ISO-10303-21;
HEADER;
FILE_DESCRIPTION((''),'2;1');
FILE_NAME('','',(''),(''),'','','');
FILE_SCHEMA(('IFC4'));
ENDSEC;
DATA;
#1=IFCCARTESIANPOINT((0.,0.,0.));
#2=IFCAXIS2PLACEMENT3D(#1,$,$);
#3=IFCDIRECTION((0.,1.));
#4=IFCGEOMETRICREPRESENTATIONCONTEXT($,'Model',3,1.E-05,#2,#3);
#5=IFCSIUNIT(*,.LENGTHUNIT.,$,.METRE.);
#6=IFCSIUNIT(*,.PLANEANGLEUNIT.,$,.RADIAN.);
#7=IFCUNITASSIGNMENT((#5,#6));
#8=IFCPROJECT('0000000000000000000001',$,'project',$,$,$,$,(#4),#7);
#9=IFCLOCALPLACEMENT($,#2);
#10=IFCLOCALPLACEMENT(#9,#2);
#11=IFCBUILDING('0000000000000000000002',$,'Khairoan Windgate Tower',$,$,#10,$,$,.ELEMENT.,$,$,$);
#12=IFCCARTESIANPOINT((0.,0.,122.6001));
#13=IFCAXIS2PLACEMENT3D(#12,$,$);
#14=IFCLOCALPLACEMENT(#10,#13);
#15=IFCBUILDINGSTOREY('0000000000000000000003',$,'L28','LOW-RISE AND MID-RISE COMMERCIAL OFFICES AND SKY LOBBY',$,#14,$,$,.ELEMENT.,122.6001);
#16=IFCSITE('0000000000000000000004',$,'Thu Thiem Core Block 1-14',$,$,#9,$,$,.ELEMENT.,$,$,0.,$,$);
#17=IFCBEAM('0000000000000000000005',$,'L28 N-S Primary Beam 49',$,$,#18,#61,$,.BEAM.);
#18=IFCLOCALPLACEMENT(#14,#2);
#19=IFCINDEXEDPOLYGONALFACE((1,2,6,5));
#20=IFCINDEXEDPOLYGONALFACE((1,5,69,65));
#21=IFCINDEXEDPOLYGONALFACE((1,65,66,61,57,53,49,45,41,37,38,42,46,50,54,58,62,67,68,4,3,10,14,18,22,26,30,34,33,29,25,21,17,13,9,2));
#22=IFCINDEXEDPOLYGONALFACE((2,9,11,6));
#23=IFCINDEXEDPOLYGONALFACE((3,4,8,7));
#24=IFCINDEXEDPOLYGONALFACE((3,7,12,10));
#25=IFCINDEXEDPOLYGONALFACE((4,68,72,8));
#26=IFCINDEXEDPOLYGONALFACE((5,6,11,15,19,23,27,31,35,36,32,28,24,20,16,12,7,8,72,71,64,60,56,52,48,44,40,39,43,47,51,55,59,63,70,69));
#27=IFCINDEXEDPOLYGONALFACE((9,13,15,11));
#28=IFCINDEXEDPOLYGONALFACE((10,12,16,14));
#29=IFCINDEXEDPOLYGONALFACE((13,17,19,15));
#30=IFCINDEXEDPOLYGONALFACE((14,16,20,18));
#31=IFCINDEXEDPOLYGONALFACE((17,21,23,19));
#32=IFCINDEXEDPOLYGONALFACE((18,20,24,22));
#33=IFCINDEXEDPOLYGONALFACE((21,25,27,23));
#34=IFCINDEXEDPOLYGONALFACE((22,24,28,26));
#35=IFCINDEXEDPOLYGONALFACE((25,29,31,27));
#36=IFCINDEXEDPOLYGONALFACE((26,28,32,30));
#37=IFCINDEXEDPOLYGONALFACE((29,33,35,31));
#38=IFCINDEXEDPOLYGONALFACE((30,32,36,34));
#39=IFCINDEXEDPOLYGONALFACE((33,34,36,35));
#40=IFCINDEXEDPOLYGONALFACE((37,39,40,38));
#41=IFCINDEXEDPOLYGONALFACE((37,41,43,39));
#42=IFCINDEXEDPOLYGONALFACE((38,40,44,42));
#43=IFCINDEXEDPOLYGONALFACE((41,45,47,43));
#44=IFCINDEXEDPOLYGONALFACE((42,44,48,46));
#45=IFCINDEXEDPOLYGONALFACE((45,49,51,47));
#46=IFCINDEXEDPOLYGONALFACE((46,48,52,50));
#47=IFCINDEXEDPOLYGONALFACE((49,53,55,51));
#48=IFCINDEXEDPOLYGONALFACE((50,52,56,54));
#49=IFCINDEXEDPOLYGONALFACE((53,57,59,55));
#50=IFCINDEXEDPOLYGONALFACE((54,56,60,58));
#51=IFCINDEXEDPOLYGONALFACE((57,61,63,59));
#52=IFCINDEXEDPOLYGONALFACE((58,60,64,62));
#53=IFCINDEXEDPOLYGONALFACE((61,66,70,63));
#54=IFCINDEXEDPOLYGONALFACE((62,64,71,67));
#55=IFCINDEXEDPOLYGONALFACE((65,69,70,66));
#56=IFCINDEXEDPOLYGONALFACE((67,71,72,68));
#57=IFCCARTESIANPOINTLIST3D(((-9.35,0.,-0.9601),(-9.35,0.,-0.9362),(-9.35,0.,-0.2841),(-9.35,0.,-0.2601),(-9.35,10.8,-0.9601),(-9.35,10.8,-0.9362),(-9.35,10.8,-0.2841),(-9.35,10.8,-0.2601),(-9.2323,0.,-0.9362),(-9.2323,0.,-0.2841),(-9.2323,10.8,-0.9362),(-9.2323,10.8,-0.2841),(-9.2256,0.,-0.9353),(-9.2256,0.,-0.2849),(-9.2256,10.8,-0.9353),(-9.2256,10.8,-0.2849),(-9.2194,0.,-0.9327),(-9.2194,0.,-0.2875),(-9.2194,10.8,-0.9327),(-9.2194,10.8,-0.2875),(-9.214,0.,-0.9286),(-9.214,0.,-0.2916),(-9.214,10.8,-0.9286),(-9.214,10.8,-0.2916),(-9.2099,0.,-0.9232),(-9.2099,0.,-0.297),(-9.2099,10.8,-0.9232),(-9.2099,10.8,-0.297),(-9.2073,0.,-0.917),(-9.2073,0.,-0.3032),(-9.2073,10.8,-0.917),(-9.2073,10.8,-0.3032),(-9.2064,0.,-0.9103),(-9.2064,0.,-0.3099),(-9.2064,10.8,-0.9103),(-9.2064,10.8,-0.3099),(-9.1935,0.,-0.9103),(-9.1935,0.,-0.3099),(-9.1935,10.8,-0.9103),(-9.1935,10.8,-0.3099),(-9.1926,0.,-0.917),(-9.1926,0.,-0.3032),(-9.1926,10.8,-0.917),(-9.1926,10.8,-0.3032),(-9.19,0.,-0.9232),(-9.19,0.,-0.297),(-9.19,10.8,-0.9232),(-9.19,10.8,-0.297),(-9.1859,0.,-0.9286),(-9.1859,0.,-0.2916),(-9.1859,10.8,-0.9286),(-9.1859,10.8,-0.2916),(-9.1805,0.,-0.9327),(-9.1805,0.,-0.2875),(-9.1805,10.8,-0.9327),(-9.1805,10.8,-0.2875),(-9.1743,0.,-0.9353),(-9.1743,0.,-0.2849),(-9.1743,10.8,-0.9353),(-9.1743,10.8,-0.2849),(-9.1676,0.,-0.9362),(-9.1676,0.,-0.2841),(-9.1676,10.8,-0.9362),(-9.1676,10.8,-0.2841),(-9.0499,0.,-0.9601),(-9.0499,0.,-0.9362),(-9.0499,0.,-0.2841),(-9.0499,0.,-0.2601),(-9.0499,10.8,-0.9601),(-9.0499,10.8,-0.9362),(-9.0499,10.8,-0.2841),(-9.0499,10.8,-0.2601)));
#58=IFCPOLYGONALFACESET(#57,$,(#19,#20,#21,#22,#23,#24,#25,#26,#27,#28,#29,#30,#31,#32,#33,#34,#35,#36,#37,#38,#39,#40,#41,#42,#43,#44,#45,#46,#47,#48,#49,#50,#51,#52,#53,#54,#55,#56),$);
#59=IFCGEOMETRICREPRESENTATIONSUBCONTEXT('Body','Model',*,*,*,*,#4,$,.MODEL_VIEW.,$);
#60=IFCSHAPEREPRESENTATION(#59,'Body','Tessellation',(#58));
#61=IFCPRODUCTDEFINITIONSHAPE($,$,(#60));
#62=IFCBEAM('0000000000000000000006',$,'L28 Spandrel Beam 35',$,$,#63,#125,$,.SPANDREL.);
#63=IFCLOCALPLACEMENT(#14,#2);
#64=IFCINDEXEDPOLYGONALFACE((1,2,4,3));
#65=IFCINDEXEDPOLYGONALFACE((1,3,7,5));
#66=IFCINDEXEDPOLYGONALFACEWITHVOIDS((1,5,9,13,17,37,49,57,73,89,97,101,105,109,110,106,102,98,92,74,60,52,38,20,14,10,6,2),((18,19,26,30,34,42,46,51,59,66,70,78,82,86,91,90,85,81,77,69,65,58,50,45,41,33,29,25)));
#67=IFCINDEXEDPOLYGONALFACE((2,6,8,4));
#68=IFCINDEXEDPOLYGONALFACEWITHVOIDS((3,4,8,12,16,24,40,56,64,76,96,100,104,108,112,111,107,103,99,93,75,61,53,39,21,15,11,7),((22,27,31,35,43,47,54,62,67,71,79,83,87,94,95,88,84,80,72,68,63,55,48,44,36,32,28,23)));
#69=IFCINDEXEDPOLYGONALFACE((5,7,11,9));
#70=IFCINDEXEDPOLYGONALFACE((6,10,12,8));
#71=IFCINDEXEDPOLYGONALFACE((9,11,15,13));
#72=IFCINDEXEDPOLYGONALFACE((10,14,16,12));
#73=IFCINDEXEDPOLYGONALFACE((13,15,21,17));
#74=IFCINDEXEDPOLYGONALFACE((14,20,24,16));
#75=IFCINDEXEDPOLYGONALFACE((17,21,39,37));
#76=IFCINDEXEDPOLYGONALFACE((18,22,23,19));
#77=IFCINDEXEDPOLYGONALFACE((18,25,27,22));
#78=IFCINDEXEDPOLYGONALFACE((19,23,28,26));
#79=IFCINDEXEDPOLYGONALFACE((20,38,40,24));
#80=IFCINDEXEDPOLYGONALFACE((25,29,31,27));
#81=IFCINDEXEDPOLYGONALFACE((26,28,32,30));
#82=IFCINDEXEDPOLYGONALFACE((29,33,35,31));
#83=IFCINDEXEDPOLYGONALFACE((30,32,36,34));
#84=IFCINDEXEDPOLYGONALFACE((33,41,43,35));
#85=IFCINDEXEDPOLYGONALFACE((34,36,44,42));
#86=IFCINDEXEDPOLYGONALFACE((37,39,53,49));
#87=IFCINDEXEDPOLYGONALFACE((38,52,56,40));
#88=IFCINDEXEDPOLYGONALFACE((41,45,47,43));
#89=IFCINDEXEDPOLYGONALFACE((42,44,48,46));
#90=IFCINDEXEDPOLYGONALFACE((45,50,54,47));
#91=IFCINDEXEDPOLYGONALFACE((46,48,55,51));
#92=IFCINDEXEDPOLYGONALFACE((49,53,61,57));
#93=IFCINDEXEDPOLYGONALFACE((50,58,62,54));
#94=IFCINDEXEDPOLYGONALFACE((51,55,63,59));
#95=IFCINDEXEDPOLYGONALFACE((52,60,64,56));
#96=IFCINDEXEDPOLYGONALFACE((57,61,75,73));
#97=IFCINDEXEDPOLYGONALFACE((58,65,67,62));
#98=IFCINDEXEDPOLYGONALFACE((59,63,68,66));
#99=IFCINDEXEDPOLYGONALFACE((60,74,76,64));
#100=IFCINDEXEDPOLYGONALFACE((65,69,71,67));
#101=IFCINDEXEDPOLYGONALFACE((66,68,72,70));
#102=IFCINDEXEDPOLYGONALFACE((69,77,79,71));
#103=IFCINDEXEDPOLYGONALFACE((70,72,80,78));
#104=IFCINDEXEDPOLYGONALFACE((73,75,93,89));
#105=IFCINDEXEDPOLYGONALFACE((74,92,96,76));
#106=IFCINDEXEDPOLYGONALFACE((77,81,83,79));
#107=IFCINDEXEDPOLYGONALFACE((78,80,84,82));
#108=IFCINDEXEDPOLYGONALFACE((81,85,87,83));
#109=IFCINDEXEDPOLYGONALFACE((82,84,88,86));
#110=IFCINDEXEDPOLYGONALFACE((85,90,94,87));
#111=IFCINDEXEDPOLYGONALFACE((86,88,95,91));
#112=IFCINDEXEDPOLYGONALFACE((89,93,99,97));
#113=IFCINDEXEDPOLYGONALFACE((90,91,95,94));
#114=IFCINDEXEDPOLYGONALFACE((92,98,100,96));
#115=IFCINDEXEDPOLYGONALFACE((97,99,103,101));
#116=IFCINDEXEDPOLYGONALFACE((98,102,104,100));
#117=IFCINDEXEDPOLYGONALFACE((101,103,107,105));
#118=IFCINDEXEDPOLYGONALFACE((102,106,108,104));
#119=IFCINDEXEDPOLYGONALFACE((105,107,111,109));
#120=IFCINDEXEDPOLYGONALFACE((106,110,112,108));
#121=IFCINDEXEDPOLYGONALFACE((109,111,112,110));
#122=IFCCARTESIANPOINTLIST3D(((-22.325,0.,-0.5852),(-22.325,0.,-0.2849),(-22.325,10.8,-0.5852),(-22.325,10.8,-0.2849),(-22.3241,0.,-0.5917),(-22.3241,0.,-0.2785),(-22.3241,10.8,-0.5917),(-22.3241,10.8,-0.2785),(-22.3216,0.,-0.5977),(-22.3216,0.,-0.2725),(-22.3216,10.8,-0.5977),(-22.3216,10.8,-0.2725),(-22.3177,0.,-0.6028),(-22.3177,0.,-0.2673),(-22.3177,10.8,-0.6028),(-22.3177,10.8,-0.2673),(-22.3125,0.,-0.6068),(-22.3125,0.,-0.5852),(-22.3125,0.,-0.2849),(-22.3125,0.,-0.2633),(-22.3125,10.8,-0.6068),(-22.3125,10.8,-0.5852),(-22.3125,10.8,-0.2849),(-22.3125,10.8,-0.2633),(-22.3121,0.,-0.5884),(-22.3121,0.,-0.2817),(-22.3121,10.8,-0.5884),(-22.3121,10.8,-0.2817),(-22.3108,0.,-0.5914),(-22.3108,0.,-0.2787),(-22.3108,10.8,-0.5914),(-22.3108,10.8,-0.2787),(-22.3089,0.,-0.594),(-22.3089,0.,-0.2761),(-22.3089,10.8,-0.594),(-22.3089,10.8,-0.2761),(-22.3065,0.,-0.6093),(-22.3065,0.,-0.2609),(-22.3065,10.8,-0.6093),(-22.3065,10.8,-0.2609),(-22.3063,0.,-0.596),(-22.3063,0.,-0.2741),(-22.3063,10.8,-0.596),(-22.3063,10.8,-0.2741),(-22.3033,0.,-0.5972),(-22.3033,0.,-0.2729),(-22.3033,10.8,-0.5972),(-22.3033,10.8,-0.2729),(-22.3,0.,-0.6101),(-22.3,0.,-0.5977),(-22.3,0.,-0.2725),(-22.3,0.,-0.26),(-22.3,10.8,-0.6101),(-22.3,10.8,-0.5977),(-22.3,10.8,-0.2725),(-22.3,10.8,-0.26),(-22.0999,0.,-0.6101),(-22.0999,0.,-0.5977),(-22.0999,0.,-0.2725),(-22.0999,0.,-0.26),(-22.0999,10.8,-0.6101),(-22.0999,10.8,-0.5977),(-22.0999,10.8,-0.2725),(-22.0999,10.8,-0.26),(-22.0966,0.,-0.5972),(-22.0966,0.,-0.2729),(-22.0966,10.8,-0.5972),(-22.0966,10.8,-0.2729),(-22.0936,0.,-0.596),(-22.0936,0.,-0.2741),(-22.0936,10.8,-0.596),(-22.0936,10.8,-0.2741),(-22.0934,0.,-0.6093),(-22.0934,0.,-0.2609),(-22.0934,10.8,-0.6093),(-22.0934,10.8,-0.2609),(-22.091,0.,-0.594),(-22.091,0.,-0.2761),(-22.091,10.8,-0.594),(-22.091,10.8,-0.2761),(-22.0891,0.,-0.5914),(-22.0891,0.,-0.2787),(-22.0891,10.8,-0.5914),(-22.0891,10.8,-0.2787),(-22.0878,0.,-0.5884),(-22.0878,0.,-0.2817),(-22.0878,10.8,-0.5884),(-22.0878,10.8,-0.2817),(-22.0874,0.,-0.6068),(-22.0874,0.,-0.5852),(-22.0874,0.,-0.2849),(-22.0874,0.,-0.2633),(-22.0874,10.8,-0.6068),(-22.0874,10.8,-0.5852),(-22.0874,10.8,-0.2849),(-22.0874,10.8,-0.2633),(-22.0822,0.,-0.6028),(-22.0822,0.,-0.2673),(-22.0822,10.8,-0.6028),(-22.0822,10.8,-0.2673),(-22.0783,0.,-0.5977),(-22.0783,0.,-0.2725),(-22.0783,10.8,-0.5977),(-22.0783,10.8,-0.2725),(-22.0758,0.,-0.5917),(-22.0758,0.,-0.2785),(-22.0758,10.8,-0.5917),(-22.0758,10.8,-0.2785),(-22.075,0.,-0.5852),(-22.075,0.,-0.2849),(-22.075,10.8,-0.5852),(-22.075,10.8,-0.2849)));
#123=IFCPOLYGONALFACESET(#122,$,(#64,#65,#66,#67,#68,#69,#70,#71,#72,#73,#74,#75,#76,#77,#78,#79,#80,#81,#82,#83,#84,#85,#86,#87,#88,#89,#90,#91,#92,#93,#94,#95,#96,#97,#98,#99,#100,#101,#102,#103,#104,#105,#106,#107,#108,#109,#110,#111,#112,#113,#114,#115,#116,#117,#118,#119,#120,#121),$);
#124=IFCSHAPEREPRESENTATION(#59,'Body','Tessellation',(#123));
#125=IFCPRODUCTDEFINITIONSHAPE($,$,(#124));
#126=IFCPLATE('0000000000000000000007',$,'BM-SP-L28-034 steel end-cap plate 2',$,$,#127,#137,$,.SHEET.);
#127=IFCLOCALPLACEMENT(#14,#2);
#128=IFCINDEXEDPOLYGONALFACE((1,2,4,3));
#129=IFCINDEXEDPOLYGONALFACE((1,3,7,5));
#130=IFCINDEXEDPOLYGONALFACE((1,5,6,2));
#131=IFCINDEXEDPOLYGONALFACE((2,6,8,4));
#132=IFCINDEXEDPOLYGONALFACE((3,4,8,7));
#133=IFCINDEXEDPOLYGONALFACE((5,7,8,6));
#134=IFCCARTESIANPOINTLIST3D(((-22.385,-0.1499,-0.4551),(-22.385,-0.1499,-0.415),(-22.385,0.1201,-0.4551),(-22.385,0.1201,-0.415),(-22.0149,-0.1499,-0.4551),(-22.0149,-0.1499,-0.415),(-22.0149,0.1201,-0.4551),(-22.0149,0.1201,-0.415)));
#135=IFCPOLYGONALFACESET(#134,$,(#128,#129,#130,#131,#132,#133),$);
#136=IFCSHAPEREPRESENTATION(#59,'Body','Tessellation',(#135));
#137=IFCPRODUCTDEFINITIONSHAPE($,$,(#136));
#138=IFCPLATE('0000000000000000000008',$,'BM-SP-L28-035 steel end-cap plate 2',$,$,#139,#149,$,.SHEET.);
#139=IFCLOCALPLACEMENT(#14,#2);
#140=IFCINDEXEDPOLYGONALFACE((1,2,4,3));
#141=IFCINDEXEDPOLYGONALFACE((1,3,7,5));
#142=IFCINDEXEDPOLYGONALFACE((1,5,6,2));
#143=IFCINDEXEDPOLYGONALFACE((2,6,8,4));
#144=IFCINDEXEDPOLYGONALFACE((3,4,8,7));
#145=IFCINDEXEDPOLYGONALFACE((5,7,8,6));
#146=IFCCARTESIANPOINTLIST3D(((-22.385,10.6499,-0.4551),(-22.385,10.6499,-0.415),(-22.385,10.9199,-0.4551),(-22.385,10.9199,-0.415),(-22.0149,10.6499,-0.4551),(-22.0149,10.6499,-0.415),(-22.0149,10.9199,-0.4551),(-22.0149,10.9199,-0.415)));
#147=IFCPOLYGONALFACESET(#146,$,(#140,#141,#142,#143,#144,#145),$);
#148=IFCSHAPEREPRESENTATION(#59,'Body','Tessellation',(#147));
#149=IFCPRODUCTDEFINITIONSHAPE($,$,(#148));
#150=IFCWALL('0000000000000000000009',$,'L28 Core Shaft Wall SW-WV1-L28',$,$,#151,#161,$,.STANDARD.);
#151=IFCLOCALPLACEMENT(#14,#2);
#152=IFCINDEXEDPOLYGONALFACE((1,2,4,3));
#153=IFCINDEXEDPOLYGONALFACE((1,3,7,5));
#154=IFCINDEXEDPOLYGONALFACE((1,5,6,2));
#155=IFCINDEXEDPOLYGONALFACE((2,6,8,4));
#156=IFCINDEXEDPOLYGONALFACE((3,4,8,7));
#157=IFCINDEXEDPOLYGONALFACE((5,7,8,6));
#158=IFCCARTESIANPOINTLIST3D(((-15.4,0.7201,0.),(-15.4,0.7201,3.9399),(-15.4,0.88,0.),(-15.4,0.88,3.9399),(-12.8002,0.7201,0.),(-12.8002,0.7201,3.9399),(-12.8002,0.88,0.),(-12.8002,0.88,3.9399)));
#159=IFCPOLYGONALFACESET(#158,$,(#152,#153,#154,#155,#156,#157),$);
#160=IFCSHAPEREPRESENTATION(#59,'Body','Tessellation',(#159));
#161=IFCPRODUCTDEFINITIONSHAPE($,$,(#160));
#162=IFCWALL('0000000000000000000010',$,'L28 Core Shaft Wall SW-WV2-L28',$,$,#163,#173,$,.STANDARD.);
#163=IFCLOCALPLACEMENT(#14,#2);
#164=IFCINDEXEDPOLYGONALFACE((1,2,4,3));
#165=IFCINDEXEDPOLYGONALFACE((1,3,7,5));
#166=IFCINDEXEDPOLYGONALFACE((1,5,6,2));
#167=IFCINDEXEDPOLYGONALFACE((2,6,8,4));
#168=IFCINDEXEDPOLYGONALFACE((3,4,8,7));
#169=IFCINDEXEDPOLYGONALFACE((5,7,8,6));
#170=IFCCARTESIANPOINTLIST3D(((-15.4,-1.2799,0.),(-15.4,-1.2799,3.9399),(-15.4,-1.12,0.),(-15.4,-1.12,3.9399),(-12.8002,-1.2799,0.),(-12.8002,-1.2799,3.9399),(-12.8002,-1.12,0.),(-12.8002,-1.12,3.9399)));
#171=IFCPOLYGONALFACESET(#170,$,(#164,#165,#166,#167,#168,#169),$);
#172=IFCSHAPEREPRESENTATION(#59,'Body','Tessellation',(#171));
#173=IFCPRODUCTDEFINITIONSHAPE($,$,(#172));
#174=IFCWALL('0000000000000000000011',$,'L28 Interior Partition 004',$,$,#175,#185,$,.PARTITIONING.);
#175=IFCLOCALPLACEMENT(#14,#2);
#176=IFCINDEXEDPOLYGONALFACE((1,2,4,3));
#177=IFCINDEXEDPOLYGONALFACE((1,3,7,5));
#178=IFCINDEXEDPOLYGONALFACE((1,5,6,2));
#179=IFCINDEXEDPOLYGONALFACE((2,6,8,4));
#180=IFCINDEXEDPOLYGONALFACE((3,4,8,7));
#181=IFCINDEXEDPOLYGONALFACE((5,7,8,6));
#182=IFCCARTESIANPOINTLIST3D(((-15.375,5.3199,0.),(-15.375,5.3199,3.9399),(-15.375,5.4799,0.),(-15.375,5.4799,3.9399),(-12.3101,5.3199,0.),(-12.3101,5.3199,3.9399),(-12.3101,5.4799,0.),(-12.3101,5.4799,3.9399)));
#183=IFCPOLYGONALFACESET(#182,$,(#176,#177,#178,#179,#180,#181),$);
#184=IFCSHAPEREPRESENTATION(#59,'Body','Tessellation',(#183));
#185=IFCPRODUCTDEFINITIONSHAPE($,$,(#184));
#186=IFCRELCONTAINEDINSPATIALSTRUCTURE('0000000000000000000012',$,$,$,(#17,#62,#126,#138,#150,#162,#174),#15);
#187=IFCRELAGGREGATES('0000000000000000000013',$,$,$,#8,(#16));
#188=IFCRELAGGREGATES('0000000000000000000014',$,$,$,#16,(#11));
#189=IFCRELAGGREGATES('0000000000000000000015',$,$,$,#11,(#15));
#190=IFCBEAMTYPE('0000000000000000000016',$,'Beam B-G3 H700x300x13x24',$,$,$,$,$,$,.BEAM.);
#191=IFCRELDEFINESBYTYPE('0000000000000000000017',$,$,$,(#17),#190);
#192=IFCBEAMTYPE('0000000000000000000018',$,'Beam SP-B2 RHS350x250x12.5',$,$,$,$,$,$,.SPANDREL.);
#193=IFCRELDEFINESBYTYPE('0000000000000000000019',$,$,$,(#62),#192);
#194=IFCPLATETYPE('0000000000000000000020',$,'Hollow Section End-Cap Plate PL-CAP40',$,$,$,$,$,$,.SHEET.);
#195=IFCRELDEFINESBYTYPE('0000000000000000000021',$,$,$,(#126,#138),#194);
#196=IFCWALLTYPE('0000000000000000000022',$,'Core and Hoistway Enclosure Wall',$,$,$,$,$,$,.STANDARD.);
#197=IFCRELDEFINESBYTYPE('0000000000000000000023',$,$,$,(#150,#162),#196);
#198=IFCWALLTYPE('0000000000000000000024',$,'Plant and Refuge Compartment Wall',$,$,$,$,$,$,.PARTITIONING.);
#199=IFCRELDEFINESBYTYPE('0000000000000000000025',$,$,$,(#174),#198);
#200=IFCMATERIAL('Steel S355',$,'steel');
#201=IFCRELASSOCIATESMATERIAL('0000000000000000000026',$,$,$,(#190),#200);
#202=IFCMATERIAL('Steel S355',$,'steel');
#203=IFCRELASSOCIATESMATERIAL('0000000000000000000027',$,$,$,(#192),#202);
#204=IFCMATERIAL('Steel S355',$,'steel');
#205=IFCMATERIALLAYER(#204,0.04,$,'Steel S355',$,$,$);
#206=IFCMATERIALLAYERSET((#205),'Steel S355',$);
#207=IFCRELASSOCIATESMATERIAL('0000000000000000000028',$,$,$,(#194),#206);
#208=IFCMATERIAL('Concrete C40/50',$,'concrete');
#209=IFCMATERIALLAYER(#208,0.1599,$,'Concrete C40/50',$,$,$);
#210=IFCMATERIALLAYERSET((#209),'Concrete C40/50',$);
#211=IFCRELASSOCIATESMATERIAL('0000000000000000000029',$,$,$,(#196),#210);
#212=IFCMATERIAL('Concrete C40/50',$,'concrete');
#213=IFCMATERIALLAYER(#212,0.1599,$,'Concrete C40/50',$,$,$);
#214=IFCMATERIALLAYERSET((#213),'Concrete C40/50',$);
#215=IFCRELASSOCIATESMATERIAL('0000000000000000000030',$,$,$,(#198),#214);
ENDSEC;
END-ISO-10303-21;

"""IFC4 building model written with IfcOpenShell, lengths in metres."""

from ifc_helpers import new_model, si_unit, direction, frame, frame_2d, origin, origin_2d, place, context, subcontext, project, spatial, rectangle, hollow_rectangle, i_section, extrude, material, layer, layer_set, material_profile, profile_set, type_object, element, save


model = new_model("IFC4")

# Units and contexts
model_context = context("Model", 3, precision=1e-05, world=origin(), true_north=direction((0.0, 1.0)))
body_context = subcontext(model_context, "Body", "Model", "MODEL_VIEW")
ifc_project = project(units=[si_unit("LENGTHUNIT", "METRE"), si_unit("PLANEANGLEUNIT", "RADIAN")], contexts=[model_context])

# Site, building, storey
site_placement = place(None, origin())
site = spatial("IfcSite", under=ifc_project, at=site_placement, Name="Thu Thiem Core Block 1-14", CompositionType="ELEMENT", RefElevation=0.0)
building_placement = place(site_placement, origin())
building = spatial("IfcBuilding", under=site, at=building_placement, Name="Khairoan Windgate Tower", CompositionType="ELEMENT")
storey_placement = place(building_placement, frame((0.0, 0.0, 122.6001)))
storey = spatial("IfcBuildingStorey", under=building, at=storey_placement, Name="L28", Description="LOW-RISE AND MID-RISE COMMERCIAL OFFICES AND SKY LOBBY", CompositionType="ELEMENT", Elevation=122.6001)

# Beams
ifc_material_1 = material(Name="Steel S355", Category="steel")
ifc_material_profile_1 = material_profile(ifc_material_1, i_section(OverallWidth=0.3, OverallDepth=0.7, WebThickness=0.0129, FlangeThickness=0.0239, FilletRadius=0.0259, at=origin_2d()))
ifc_profile_set_1 = profile_set([ifc_material_profile_1], Name="Steel S355")
beam_type_1 = type_object("IfcBeamType", Name="Beam B-G3 H700x300x13x24", PredefinedType="BEAM", material=ifc_profile_set_1)
for number, where, z_axis, x_axis, name in (
    (1, (-9.2, 0.0, -0.6101), (0.0, 1.0, 0.0), (-1.0, 0.0, 0.0), "L28 N-S Primary Beam 49"),
):
    element("IfcBeam", number, at=place(storey_placement, frame(where, z_axis=z_axis, x_axis=x_axis)), inside=storey, type_object=beam_type_1, Name=name, PredefinedType="BEAM", context=body_context, shape_type="SweptSolid", body=[
        extrude(i_section(OverallWidth=0.3, OverallDepth=0.7, WebThickness=0.0129, FlangeThickness=0.0239, FilletRadius=0.0259, at=origin_2d()), origin(), (0.0, 0.0, 1.0), 10.8),
    ])
ifc_material_2 = material(Name="Steel S355", Category="steel")
ifc_material_profile_2 = material_profile(ifc_material_2, hollow_rectangle(XDim=0.25, YDim=0.3501, WallThickness=0.0125, InnerFilletRadius=0.0125, OuterFilletRadius=0.0249, at=origin_2d()))
ifc_profile_set_2 = profile_set([ifc_material_profile_2], Name="Steel S355")
beam_type_2 = type_object("IfcBeamType", Name="Beam SP-B2 RHS350x250x12.5", PredefinedType="SPANDREL", material=ifc_profile_set_2)
beam_1_placement = place(storey_placement, frame((-22.2, 0.0, -0.4351), z_axis=(0.0, 1.0, 0.0), x_axis=(-1.0, 0.0, 0.0)))
element("IfcBeam", 2, at=beam_1_placement, inside=storey, type_object=beam_type_2, Name="L28 Spandrel Beam 35", PredefinedType="SPANDREL", context=body_context, shape_type="SweptSolid", body=[
    extrude(hollow_rectangle(XDim=0.25, YDim=0.3501, WallThickness=0.0125, InnerFilletRadius=0.0125, OuterFilletRadius=0.0249, at=origin_2d()), origin(), (0.0, 0.0, 1.0), 10.8),
])

# Plates
ifc_material_3 = material(Name="Steel S355", Category="steel")
ifc_layer_1 = layer(ifc_material_3, 0.04, Name="Steel S355")
ifc_layer_set_1 = layer_set([ifc_layer_1], Name="Steel S355")
plate_type = type_object("IfcPlateType", Name="Hollow Section End-Cap Plate PL-CAP40", PredefinedType="SHEET", material=ifc_layer_set_1)
for number, where, z_axis, x_axis, name in (
    (3, (-22.2, -0.0149, -0.4551), (0.0, 0.0, 1.0), (0.0, 1.0, 0.0), "BM-SP-L28-034 steel end-cap plate 2"),
    (4, (-22.2, 10.7849, -0.4551), (0.0, 0.0, 1.0), (0.0, 1.0, 0.0), "BM-SP-L28-035 steel end-cap plate 2"),
):
    element("IfcPlate", number, at=place(storey_placement, frame(where, z_axis=z_axis, x_axis=x_axis)), inside=storey, type_object=plate_type, Name=name, PredefinedType="SHEET", context=body_context, shape_type="SweptSolid", body=[
        extrude(rectangle(XDim=0.27, YDim=0.3701, at=origin_2d()), origin(), (0.0, 0.0, 1.0), 0.04),
    ])

# Walls
ifc_material_4 = material(Name="Concrete C40/50", Category="concrete")
ifc_layer_2 = layer(ifc_material_4, 0.1599, Name="Concrete C40/50")
ifc_layer_set_2 = layer_set([ifc_layer_2], Name="Concrete C40/50")
wall_type_1 = type_object("IfcWallType", Name="Core and Hoistway Enclosure Wall", PredefinedType="STANDARD", material=ifc_layer_set_2)
for number, where, z_axis, x_axis, name in (
    (5, (-15.3999, 0.8, 0.0), (0.0, 0.0, 1.0), (1.0, 0.0, 0.0), "L28 Core Shaft Wall SW-WV1-L28"),
    (6, (-15.3999, -1.2, 0.0), (0.0, 0.0, 1.0), (1.0, 0.0, 0.0), "L28 Core Shaft Wall SW-WV2-L28"),
):
    element("IfcWall", number, at=place(storey_placement, frame(where, z_axis=z_axis, x_axis=x_axis)), inside=storey, type_object=wall_type_1, Name=name, PredefinedType="STANDARD", context=body_context, shape_type="SweptSolid", body=[
        extrude(rectangle(XDim=2.5999, YDim=0.1599, at=frame_2d((1.2998, 0.0))), origin(), (0.0, 0.0, 1.0), 3.9399),
    ])
ifc_material_5 = material(Name="Concrete C40/50", Category="concrete")
ifc_layer_3 = layer(ifc_material_5, 0.1599, Name="Concrete C40/50")
ifc_layer_set_3 = layer_set([ifc_layer_3], Name="Concrete C40/50")
wall_type_2 = type_object("IfcWallType", Name="Plant and Refuge Compartment Wall", PredefinedType="PARTITIONING", material=ifc_layer_set_3)
wall_1_placement = place(storey_placement, frame((-15.375, 5.3999, 0.0), z_axis=(0.0, 0.0, 1.0), x_axis=(1.0, 0.0, 0.0)))
element("IfcWall", 7, at=wall_1_placement, inside=storey, type_object=wall_type_2, Name="L28 Interior Partition 004", PredefinedType="PARTITIONING", context=body_context, shape_type="SweptSolid", body=[
    extrude(rectangle(XDim=3.0649, YDim=0.1599, at=frame_2d((1.5325, 0.0))), origin(), (0.0, 0.0, 1.0), 3.9399),
])

save(model, "model.ifc")
